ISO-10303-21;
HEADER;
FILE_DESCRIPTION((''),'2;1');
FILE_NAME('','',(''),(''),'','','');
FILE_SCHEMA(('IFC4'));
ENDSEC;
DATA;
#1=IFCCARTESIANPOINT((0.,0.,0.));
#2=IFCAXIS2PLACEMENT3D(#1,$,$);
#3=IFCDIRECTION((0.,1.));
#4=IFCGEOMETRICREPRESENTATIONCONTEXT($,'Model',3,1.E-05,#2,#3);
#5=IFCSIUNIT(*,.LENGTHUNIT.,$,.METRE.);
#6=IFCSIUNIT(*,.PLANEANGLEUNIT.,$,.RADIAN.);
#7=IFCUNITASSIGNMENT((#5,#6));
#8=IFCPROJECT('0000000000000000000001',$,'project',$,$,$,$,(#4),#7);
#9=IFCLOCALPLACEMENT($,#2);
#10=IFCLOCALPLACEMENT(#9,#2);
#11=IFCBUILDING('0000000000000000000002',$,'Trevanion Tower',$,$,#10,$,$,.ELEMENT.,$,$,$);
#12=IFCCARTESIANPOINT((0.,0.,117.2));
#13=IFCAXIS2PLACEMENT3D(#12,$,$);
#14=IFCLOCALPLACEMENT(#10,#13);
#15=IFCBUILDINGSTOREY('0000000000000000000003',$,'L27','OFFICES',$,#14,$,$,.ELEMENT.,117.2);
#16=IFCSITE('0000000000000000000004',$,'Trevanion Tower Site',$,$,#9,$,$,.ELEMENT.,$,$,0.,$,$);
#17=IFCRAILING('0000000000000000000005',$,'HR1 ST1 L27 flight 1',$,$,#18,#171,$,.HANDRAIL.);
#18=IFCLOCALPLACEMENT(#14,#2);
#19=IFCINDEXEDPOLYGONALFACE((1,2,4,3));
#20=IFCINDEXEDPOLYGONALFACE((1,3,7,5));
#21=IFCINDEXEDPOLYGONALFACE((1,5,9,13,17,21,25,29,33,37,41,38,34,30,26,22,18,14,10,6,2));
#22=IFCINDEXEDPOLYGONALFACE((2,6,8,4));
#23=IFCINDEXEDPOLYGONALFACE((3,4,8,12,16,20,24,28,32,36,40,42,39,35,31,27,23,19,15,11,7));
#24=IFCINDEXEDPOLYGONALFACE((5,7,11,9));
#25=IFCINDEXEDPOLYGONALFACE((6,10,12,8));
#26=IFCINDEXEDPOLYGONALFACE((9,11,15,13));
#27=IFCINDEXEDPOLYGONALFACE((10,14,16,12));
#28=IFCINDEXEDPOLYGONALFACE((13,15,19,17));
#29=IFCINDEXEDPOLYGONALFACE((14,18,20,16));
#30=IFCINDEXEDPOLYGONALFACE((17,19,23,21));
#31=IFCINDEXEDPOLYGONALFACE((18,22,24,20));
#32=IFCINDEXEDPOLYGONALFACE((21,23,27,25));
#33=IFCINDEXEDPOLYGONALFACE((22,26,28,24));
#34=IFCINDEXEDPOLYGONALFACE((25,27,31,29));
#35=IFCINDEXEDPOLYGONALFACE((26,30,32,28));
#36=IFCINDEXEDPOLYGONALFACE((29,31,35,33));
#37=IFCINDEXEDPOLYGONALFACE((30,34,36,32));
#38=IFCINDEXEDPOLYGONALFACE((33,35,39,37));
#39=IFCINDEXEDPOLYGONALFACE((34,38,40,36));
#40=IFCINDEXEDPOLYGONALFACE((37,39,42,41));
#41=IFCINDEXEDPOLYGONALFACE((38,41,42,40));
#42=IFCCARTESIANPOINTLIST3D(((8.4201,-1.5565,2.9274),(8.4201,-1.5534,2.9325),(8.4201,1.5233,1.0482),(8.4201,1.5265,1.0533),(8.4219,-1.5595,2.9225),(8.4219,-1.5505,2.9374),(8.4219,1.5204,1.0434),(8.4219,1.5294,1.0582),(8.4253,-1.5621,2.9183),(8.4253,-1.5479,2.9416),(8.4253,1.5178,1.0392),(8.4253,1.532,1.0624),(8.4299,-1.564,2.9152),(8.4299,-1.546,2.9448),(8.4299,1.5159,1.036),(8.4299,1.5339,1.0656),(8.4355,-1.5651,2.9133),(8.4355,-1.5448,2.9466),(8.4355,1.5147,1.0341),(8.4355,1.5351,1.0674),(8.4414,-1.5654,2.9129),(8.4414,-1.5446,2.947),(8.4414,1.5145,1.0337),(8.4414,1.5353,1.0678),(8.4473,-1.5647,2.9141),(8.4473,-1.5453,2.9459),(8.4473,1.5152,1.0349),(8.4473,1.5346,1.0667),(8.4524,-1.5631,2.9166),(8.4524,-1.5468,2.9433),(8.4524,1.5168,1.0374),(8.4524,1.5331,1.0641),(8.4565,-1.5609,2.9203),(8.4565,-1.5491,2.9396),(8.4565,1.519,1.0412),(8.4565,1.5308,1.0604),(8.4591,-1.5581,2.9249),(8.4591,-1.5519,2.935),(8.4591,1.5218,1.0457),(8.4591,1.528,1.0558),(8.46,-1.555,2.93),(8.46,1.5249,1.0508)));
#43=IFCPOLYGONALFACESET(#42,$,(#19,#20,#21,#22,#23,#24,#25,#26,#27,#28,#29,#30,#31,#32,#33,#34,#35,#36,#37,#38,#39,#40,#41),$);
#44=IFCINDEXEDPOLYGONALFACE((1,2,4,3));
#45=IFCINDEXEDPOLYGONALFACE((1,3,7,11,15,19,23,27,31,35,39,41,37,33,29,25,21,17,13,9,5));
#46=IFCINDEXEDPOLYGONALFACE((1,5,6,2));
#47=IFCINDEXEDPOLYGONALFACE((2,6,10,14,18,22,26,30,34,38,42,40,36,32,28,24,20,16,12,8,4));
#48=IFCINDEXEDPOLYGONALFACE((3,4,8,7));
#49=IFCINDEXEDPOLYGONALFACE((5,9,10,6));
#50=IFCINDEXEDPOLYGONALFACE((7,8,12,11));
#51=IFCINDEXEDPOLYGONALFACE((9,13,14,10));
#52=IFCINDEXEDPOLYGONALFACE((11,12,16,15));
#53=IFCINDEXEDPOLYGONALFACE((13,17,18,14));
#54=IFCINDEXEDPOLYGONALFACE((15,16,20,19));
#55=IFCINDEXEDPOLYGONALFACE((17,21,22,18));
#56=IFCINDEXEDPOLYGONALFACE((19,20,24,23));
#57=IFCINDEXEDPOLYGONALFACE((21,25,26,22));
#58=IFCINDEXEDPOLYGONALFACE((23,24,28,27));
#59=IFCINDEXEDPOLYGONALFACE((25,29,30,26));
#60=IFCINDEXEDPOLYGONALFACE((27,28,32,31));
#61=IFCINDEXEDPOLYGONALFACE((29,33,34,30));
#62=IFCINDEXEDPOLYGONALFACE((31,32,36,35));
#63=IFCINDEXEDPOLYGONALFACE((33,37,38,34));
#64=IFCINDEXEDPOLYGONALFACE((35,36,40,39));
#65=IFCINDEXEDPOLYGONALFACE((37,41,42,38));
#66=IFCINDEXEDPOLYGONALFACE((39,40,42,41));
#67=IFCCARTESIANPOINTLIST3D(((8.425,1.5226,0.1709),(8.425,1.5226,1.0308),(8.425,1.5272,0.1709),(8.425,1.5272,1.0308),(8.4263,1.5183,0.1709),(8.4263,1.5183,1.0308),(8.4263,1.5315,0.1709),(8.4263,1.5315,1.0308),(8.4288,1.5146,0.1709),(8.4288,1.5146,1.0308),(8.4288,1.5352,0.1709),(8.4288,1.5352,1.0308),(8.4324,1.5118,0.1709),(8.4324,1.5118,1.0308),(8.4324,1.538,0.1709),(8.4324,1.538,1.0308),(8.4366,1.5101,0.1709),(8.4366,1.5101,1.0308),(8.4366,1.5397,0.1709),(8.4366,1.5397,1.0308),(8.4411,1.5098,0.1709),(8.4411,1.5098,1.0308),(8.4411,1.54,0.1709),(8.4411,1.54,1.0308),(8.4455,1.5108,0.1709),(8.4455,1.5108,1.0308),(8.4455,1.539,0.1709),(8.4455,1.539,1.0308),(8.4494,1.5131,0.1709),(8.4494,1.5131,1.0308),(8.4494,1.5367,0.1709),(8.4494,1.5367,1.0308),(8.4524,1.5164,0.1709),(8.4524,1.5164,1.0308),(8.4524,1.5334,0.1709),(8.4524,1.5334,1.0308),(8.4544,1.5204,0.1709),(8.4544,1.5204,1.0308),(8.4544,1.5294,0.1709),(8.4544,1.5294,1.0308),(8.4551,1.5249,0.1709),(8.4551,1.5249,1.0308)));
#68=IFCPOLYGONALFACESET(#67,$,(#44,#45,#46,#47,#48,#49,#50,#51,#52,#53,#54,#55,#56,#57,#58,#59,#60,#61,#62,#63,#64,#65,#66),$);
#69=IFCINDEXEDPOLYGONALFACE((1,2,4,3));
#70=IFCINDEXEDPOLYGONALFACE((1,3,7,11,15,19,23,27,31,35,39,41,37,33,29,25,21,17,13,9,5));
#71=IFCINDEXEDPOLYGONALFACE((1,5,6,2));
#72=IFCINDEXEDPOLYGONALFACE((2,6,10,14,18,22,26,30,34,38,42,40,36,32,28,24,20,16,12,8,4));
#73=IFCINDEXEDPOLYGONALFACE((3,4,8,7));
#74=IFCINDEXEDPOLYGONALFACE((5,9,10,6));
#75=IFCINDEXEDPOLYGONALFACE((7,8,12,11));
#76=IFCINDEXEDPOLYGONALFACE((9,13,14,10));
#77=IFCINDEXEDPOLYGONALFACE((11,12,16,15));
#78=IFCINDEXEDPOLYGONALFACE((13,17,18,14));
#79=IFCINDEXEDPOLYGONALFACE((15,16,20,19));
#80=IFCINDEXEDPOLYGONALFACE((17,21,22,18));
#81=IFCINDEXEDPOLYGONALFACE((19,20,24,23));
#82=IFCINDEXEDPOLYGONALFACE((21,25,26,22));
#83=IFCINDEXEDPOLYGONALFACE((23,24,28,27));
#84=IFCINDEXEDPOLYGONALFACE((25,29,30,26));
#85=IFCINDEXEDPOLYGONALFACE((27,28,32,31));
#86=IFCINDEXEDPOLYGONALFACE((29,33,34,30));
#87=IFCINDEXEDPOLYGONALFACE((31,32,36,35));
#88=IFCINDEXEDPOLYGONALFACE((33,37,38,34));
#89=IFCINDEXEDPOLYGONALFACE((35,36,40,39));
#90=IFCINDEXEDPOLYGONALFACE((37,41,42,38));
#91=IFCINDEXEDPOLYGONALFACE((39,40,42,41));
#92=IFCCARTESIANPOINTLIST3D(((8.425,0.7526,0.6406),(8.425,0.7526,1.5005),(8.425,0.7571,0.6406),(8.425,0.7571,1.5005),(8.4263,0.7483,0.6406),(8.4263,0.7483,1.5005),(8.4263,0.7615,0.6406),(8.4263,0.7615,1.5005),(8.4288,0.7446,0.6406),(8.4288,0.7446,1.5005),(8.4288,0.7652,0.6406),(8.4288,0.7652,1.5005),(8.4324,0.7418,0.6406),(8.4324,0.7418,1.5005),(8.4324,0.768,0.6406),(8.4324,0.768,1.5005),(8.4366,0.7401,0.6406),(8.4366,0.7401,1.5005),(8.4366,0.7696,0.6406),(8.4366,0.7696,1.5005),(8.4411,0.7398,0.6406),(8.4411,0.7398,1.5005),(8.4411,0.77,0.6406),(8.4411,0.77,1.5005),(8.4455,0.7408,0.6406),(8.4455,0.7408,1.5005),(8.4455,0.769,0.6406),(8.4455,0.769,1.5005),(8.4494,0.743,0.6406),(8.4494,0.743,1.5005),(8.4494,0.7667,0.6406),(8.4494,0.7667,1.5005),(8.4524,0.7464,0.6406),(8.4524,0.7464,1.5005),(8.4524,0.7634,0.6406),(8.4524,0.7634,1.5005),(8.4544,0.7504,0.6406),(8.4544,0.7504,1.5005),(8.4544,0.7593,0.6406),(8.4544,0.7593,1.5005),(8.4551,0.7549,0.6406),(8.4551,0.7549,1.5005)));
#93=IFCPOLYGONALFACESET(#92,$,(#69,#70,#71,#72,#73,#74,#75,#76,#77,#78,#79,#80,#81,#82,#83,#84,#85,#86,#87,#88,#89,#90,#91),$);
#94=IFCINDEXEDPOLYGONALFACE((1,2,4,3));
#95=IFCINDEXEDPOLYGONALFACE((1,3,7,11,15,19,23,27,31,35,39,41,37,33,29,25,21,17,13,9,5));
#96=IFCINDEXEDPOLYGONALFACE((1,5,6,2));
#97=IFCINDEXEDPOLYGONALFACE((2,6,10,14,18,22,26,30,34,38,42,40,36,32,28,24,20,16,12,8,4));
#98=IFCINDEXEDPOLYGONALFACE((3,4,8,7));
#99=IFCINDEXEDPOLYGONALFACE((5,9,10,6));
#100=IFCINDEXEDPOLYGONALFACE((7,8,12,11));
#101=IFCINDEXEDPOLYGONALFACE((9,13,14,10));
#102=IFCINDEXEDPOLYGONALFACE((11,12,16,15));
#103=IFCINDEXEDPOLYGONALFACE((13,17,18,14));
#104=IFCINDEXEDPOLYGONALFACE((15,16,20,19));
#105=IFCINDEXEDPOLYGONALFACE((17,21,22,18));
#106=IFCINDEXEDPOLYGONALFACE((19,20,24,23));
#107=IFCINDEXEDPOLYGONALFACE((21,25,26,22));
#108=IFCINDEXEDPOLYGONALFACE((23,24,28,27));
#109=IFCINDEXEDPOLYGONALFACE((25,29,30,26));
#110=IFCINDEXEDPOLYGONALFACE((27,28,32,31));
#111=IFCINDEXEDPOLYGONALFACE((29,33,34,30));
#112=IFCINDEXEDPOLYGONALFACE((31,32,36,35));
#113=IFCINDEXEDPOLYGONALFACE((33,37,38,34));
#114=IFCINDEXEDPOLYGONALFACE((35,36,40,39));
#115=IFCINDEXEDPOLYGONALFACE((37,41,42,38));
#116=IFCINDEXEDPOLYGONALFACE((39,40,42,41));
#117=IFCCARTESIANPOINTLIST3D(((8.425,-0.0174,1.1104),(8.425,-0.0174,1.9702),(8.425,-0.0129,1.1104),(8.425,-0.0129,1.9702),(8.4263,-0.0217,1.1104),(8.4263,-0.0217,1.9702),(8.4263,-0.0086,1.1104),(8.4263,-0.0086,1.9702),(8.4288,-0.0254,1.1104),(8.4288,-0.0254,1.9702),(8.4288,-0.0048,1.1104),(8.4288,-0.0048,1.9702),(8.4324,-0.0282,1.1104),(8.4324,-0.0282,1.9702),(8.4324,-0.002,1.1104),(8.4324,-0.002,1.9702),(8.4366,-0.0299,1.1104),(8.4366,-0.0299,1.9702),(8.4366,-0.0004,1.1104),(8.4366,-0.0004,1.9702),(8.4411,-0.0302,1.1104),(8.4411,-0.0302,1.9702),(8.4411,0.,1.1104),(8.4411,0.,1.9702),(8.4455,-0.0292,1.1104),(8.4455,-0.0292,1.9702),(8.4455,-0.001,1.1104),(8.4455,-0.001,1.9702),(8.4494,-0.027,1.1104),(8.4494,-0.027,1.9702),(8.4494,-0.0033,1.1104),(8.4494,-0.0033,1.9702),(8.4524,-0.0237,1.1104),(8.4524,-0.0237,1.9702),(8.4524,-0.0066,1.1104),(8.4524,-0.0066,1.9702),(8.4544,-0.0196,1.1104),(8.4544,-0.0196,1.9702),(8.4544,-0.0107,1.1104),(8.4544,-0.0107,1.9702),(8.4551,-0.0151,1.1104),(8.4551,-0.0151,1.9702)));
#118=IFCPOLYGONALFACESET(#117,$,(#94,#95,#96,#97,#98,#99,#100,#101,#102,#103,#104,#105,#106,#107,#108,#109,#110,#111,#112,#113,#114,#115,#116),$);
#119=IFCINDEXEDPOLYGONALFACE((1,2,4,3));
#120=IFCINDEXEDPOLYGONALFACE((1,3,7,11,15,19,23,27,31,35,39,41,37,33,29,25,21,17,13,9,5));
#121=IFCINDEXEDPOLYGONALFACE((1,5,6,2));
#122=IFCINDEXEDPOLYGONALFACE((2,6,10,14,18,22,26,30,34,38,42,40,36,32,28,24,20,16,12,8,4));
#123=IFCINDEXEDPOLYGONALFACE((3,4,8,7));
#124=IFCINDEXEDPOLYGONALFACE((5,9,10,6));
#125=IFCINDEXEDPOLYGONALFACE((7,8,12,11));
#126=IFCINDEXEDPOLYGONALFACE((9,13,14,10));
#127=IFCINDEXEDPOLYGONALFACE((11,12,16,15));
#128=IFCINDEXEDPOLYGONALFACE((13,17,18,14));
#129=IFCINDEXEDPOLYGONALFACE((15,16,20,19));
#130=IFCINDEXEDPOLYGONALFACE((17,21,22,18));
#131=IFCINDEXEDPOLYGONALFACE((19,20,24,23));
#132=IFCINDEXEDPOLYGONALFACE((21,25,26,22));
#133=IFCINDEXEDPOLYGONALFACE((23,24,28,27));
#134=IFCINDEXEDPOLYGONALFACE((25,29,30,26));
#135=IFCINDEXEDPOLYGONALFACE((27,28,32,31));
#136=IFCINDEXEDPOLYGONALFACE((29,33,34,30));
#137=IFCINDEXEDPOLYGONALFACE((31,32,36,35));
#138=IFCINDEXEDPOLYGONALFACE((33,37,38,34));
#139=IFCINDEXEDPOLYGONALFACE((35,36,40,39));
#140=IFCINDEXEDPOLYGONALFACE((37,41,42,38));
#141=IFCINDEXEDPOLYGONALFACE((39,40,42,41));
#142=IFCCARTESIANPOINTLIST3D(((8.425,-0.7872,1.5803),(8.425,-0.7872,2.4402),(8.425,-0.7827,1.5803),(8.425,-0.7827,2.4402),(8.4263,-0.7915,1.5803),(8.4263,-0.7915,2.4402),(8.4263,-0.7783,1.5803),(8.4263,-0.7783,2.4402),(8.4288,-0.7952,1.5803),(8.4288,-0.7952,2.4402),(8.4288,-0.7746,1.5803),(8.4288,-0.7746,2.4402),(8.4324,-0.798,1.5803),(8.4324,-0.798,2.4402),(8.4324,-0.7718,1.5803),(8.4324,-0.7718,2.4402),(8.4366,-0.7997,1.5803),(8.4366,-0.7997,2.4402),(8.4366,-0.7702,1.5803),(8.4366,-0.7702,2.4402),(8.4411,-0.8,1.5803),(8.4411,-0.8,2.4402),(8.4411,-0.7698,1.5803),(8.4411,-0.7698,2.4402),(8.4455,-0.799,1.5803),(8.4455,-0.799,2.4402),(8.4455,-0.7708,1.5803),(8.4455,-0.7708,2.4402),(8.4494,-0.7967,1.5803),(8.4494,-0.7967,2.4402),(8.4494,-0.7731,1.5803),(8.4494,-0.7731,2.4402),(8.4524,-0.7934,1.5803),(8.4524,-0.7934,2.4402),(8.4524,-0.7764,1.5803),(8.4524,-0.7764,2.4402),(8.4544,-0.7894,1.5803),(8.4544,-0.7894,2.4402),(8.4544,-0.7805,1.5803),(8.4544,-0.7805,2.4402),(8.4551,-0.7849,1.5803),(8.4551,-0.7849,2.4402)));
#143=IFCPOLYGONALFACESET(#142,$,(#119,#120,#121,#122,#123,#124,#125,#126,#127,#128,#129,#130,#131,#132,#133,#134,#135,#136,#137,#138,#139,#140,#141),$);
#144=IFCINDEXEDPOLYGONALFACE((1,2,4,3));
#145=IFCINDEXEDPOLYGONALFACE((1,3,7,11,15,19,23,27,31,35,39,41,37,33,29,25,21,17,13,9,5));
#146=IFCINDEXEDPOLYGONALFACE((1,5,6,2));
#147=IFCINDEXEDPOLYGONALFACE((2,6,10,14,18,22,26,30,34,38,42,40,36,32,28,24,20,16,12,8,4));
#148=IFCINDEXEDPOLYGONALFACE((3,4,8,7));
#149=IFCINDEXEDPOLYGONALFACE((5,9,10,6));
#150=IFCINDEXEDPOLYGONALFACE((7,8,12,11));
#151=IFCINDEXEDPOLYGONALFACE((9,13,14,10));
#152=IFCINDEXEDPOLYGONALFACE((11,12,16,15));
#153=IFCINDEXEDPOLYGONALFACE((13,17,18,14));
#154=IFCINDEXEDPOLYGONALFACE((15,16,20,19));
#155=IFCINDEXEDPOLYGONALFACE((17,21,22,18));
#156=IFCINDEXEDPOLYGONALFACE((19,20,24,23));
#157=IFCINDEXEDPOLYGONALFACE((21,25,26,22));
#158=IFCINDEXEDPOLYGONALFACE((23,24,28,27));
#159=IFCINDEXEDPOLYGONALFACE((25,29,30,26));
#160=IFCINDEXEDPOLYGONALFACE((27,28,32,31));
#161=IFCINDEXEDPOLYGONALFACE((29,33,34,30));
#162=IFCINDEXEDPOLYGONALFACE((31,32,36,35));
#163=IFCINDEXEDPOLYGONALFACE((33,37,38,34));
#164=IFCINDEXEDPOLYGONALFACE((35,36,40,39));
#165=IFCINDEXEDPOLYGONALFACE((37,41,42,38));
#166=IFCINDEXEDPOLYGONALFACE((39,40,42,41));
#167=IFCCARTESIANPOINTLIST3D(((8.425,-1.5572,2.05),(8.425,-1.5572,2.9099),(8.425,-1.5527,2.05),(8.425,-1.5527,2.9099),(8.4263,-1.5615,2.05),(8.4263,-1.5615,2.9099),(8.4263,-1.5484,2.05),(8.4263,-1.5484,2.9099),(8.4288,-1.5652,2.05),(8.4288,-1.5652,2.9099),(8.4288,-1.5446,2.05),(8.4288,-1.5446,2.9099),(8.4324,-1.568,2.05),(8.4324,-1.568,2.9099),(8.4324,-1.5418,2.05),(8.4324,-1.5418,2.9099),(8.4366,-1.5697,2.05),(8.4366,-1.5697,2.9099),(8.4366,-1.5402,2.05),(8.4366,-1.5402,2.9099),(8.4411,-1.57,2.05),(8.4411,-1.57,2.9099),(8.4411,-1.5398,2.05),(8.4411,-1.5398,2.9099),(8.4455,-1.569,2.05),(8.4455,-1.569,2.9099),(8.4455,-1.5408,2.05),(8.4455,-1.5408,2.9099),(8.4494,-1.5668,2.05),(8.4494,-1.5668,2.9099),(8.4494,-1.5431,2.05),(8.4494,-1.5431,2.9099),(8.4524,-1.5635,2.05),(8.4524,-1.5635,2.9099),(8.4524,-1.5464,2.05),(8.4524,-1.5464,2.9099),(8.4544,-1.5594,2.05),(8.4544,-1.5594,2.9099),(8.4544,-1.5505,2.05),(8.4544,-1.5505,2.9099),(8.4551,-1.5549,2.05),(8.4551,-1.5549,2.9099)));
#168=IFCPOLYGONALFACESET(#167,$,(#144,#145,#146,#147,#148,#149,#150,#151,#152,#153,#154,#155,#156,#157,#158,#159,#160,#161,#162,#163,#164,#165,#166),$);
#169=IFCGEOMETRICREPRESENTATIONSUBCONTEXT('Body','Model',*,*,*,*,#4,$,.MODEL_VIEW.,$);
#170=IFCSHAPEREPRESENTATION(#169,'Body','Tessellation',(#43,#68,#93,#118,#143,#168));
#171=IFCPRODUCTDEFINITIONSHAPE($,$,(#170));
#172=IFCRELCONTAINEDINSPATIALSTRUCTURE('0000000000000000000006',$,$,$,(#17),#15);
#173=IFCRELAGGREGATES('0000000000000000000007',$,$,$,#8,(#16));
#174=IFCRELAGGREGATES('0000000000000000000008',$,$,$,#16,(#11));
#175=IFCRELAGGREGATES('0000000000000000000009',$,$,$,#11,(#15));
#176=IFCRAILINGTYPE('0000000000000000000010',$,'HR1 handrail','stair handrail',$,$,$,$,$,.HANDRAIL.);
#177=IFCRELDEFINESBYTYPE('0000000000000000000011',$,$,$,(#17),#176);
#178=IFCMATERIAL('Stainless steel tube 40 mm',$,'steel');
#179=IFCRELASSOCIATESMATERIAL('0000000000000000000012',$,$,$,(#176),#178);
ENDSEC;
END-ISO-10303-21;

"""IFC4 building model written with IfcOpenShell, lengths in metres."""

from ifc_helpers import new_model, si_unit, direction, frame, origin, origin_2d, place, context, subcontext, project, spatial, circle, extrude, material, type_object, element, save


model = new_model("IFC4")

# Units and contexts
model_context = context("Model", 3, precision=1e-05, world=origin(), true_north=direction((0.0, 1.0)))
body_context = subcontext(model_context, "Body", "Model", "MODEL_VIEW")
ifc_project = project(units=[si_unit("LENGTHUNIT", "METRE"), si_unit("PLANEANGLEUNIT", "RADIAN")], contexts=[model_context])

# Site, building, storey
site_placement = place(None, origin())
site = spatial("IfcSite", under=ifc_project, at=site_placement, Name="Trevanion Tower Site", CompositionType="ELEMENT", RefElevation=0.0)
building_placement = place(site_placement, origin())
building = spatial("IfcBuilding", under=site, at=building_placement, Name="Trevanion Tower", CompositionType="ELEMENT")
storey_placement = place(building_placement, frame((0.0, 0.0, 117.2)))
storey = spatial("IfcBuildingStorey", under=building, at=storey_placement, Name="L27", Description="OFFICES", CompositionType="ELEMENT", Elevation=117.2)

# Railing
ifc_material_1 = material(Name="Stainless steel tube 40 mm", Category="steel")
railing_type = type_object("IfcRailingType", Name="HR1 handrail", Description="stair handrail", PredefinedType="HANDRAIL", material=ifc_material_1)
for number, where, name in (
    (1, (8.4399, 1.5249, 0.1709), "HR1 ST1 L27 flight 1"),
):
    element("IfcRailing", number, at=place(storey_placement, frame(where)), inside=storey, type_object=railing_type, Name=name, PredefinedType="HANDRAIL", context=body_context, shape_type="SweptSolid", body=[
        extrude(circle(Radius=0.02, at=origin_2d()), frame((0.0, 0.0, 0.8799), z_axis=(0.0, -0.853648, 0.52085), x_axis=(1.0, 0.0, 0.0)), (0.0, 0.0, 1.0), 3.6079),
        extrude(circle(Radius=0.0151, at=origin_2d()), origin(), (0.0, 0.0, 1.0), 0.8599),
        extrude(circle(Radius=0.0151, at=origin_2d()), frame((0.0, -0.77, 0.4697)), (0.0, 0.0, 1.0), 0.8599),
        extrude(circle(Radius=0.0151, at=origin_2d()), frame((0.0, -1.54, 0.9395)), (0.0, 0.0, 1.0), 0.8599),
        extrude(circle(Radius=0.0151, at=origin_2d()), frame((0.0, -2.3098, 1.4094)), (0.0, 0.0, 1.0), 0.8599),
        extrude(circle(Radius=0.0151, at=origin_2d()), frame((0.0, -3.0798, 1.8792)), (0.0, 0.0, 1.0), 0.8599),
    ])

save(model, "model.ifc")
